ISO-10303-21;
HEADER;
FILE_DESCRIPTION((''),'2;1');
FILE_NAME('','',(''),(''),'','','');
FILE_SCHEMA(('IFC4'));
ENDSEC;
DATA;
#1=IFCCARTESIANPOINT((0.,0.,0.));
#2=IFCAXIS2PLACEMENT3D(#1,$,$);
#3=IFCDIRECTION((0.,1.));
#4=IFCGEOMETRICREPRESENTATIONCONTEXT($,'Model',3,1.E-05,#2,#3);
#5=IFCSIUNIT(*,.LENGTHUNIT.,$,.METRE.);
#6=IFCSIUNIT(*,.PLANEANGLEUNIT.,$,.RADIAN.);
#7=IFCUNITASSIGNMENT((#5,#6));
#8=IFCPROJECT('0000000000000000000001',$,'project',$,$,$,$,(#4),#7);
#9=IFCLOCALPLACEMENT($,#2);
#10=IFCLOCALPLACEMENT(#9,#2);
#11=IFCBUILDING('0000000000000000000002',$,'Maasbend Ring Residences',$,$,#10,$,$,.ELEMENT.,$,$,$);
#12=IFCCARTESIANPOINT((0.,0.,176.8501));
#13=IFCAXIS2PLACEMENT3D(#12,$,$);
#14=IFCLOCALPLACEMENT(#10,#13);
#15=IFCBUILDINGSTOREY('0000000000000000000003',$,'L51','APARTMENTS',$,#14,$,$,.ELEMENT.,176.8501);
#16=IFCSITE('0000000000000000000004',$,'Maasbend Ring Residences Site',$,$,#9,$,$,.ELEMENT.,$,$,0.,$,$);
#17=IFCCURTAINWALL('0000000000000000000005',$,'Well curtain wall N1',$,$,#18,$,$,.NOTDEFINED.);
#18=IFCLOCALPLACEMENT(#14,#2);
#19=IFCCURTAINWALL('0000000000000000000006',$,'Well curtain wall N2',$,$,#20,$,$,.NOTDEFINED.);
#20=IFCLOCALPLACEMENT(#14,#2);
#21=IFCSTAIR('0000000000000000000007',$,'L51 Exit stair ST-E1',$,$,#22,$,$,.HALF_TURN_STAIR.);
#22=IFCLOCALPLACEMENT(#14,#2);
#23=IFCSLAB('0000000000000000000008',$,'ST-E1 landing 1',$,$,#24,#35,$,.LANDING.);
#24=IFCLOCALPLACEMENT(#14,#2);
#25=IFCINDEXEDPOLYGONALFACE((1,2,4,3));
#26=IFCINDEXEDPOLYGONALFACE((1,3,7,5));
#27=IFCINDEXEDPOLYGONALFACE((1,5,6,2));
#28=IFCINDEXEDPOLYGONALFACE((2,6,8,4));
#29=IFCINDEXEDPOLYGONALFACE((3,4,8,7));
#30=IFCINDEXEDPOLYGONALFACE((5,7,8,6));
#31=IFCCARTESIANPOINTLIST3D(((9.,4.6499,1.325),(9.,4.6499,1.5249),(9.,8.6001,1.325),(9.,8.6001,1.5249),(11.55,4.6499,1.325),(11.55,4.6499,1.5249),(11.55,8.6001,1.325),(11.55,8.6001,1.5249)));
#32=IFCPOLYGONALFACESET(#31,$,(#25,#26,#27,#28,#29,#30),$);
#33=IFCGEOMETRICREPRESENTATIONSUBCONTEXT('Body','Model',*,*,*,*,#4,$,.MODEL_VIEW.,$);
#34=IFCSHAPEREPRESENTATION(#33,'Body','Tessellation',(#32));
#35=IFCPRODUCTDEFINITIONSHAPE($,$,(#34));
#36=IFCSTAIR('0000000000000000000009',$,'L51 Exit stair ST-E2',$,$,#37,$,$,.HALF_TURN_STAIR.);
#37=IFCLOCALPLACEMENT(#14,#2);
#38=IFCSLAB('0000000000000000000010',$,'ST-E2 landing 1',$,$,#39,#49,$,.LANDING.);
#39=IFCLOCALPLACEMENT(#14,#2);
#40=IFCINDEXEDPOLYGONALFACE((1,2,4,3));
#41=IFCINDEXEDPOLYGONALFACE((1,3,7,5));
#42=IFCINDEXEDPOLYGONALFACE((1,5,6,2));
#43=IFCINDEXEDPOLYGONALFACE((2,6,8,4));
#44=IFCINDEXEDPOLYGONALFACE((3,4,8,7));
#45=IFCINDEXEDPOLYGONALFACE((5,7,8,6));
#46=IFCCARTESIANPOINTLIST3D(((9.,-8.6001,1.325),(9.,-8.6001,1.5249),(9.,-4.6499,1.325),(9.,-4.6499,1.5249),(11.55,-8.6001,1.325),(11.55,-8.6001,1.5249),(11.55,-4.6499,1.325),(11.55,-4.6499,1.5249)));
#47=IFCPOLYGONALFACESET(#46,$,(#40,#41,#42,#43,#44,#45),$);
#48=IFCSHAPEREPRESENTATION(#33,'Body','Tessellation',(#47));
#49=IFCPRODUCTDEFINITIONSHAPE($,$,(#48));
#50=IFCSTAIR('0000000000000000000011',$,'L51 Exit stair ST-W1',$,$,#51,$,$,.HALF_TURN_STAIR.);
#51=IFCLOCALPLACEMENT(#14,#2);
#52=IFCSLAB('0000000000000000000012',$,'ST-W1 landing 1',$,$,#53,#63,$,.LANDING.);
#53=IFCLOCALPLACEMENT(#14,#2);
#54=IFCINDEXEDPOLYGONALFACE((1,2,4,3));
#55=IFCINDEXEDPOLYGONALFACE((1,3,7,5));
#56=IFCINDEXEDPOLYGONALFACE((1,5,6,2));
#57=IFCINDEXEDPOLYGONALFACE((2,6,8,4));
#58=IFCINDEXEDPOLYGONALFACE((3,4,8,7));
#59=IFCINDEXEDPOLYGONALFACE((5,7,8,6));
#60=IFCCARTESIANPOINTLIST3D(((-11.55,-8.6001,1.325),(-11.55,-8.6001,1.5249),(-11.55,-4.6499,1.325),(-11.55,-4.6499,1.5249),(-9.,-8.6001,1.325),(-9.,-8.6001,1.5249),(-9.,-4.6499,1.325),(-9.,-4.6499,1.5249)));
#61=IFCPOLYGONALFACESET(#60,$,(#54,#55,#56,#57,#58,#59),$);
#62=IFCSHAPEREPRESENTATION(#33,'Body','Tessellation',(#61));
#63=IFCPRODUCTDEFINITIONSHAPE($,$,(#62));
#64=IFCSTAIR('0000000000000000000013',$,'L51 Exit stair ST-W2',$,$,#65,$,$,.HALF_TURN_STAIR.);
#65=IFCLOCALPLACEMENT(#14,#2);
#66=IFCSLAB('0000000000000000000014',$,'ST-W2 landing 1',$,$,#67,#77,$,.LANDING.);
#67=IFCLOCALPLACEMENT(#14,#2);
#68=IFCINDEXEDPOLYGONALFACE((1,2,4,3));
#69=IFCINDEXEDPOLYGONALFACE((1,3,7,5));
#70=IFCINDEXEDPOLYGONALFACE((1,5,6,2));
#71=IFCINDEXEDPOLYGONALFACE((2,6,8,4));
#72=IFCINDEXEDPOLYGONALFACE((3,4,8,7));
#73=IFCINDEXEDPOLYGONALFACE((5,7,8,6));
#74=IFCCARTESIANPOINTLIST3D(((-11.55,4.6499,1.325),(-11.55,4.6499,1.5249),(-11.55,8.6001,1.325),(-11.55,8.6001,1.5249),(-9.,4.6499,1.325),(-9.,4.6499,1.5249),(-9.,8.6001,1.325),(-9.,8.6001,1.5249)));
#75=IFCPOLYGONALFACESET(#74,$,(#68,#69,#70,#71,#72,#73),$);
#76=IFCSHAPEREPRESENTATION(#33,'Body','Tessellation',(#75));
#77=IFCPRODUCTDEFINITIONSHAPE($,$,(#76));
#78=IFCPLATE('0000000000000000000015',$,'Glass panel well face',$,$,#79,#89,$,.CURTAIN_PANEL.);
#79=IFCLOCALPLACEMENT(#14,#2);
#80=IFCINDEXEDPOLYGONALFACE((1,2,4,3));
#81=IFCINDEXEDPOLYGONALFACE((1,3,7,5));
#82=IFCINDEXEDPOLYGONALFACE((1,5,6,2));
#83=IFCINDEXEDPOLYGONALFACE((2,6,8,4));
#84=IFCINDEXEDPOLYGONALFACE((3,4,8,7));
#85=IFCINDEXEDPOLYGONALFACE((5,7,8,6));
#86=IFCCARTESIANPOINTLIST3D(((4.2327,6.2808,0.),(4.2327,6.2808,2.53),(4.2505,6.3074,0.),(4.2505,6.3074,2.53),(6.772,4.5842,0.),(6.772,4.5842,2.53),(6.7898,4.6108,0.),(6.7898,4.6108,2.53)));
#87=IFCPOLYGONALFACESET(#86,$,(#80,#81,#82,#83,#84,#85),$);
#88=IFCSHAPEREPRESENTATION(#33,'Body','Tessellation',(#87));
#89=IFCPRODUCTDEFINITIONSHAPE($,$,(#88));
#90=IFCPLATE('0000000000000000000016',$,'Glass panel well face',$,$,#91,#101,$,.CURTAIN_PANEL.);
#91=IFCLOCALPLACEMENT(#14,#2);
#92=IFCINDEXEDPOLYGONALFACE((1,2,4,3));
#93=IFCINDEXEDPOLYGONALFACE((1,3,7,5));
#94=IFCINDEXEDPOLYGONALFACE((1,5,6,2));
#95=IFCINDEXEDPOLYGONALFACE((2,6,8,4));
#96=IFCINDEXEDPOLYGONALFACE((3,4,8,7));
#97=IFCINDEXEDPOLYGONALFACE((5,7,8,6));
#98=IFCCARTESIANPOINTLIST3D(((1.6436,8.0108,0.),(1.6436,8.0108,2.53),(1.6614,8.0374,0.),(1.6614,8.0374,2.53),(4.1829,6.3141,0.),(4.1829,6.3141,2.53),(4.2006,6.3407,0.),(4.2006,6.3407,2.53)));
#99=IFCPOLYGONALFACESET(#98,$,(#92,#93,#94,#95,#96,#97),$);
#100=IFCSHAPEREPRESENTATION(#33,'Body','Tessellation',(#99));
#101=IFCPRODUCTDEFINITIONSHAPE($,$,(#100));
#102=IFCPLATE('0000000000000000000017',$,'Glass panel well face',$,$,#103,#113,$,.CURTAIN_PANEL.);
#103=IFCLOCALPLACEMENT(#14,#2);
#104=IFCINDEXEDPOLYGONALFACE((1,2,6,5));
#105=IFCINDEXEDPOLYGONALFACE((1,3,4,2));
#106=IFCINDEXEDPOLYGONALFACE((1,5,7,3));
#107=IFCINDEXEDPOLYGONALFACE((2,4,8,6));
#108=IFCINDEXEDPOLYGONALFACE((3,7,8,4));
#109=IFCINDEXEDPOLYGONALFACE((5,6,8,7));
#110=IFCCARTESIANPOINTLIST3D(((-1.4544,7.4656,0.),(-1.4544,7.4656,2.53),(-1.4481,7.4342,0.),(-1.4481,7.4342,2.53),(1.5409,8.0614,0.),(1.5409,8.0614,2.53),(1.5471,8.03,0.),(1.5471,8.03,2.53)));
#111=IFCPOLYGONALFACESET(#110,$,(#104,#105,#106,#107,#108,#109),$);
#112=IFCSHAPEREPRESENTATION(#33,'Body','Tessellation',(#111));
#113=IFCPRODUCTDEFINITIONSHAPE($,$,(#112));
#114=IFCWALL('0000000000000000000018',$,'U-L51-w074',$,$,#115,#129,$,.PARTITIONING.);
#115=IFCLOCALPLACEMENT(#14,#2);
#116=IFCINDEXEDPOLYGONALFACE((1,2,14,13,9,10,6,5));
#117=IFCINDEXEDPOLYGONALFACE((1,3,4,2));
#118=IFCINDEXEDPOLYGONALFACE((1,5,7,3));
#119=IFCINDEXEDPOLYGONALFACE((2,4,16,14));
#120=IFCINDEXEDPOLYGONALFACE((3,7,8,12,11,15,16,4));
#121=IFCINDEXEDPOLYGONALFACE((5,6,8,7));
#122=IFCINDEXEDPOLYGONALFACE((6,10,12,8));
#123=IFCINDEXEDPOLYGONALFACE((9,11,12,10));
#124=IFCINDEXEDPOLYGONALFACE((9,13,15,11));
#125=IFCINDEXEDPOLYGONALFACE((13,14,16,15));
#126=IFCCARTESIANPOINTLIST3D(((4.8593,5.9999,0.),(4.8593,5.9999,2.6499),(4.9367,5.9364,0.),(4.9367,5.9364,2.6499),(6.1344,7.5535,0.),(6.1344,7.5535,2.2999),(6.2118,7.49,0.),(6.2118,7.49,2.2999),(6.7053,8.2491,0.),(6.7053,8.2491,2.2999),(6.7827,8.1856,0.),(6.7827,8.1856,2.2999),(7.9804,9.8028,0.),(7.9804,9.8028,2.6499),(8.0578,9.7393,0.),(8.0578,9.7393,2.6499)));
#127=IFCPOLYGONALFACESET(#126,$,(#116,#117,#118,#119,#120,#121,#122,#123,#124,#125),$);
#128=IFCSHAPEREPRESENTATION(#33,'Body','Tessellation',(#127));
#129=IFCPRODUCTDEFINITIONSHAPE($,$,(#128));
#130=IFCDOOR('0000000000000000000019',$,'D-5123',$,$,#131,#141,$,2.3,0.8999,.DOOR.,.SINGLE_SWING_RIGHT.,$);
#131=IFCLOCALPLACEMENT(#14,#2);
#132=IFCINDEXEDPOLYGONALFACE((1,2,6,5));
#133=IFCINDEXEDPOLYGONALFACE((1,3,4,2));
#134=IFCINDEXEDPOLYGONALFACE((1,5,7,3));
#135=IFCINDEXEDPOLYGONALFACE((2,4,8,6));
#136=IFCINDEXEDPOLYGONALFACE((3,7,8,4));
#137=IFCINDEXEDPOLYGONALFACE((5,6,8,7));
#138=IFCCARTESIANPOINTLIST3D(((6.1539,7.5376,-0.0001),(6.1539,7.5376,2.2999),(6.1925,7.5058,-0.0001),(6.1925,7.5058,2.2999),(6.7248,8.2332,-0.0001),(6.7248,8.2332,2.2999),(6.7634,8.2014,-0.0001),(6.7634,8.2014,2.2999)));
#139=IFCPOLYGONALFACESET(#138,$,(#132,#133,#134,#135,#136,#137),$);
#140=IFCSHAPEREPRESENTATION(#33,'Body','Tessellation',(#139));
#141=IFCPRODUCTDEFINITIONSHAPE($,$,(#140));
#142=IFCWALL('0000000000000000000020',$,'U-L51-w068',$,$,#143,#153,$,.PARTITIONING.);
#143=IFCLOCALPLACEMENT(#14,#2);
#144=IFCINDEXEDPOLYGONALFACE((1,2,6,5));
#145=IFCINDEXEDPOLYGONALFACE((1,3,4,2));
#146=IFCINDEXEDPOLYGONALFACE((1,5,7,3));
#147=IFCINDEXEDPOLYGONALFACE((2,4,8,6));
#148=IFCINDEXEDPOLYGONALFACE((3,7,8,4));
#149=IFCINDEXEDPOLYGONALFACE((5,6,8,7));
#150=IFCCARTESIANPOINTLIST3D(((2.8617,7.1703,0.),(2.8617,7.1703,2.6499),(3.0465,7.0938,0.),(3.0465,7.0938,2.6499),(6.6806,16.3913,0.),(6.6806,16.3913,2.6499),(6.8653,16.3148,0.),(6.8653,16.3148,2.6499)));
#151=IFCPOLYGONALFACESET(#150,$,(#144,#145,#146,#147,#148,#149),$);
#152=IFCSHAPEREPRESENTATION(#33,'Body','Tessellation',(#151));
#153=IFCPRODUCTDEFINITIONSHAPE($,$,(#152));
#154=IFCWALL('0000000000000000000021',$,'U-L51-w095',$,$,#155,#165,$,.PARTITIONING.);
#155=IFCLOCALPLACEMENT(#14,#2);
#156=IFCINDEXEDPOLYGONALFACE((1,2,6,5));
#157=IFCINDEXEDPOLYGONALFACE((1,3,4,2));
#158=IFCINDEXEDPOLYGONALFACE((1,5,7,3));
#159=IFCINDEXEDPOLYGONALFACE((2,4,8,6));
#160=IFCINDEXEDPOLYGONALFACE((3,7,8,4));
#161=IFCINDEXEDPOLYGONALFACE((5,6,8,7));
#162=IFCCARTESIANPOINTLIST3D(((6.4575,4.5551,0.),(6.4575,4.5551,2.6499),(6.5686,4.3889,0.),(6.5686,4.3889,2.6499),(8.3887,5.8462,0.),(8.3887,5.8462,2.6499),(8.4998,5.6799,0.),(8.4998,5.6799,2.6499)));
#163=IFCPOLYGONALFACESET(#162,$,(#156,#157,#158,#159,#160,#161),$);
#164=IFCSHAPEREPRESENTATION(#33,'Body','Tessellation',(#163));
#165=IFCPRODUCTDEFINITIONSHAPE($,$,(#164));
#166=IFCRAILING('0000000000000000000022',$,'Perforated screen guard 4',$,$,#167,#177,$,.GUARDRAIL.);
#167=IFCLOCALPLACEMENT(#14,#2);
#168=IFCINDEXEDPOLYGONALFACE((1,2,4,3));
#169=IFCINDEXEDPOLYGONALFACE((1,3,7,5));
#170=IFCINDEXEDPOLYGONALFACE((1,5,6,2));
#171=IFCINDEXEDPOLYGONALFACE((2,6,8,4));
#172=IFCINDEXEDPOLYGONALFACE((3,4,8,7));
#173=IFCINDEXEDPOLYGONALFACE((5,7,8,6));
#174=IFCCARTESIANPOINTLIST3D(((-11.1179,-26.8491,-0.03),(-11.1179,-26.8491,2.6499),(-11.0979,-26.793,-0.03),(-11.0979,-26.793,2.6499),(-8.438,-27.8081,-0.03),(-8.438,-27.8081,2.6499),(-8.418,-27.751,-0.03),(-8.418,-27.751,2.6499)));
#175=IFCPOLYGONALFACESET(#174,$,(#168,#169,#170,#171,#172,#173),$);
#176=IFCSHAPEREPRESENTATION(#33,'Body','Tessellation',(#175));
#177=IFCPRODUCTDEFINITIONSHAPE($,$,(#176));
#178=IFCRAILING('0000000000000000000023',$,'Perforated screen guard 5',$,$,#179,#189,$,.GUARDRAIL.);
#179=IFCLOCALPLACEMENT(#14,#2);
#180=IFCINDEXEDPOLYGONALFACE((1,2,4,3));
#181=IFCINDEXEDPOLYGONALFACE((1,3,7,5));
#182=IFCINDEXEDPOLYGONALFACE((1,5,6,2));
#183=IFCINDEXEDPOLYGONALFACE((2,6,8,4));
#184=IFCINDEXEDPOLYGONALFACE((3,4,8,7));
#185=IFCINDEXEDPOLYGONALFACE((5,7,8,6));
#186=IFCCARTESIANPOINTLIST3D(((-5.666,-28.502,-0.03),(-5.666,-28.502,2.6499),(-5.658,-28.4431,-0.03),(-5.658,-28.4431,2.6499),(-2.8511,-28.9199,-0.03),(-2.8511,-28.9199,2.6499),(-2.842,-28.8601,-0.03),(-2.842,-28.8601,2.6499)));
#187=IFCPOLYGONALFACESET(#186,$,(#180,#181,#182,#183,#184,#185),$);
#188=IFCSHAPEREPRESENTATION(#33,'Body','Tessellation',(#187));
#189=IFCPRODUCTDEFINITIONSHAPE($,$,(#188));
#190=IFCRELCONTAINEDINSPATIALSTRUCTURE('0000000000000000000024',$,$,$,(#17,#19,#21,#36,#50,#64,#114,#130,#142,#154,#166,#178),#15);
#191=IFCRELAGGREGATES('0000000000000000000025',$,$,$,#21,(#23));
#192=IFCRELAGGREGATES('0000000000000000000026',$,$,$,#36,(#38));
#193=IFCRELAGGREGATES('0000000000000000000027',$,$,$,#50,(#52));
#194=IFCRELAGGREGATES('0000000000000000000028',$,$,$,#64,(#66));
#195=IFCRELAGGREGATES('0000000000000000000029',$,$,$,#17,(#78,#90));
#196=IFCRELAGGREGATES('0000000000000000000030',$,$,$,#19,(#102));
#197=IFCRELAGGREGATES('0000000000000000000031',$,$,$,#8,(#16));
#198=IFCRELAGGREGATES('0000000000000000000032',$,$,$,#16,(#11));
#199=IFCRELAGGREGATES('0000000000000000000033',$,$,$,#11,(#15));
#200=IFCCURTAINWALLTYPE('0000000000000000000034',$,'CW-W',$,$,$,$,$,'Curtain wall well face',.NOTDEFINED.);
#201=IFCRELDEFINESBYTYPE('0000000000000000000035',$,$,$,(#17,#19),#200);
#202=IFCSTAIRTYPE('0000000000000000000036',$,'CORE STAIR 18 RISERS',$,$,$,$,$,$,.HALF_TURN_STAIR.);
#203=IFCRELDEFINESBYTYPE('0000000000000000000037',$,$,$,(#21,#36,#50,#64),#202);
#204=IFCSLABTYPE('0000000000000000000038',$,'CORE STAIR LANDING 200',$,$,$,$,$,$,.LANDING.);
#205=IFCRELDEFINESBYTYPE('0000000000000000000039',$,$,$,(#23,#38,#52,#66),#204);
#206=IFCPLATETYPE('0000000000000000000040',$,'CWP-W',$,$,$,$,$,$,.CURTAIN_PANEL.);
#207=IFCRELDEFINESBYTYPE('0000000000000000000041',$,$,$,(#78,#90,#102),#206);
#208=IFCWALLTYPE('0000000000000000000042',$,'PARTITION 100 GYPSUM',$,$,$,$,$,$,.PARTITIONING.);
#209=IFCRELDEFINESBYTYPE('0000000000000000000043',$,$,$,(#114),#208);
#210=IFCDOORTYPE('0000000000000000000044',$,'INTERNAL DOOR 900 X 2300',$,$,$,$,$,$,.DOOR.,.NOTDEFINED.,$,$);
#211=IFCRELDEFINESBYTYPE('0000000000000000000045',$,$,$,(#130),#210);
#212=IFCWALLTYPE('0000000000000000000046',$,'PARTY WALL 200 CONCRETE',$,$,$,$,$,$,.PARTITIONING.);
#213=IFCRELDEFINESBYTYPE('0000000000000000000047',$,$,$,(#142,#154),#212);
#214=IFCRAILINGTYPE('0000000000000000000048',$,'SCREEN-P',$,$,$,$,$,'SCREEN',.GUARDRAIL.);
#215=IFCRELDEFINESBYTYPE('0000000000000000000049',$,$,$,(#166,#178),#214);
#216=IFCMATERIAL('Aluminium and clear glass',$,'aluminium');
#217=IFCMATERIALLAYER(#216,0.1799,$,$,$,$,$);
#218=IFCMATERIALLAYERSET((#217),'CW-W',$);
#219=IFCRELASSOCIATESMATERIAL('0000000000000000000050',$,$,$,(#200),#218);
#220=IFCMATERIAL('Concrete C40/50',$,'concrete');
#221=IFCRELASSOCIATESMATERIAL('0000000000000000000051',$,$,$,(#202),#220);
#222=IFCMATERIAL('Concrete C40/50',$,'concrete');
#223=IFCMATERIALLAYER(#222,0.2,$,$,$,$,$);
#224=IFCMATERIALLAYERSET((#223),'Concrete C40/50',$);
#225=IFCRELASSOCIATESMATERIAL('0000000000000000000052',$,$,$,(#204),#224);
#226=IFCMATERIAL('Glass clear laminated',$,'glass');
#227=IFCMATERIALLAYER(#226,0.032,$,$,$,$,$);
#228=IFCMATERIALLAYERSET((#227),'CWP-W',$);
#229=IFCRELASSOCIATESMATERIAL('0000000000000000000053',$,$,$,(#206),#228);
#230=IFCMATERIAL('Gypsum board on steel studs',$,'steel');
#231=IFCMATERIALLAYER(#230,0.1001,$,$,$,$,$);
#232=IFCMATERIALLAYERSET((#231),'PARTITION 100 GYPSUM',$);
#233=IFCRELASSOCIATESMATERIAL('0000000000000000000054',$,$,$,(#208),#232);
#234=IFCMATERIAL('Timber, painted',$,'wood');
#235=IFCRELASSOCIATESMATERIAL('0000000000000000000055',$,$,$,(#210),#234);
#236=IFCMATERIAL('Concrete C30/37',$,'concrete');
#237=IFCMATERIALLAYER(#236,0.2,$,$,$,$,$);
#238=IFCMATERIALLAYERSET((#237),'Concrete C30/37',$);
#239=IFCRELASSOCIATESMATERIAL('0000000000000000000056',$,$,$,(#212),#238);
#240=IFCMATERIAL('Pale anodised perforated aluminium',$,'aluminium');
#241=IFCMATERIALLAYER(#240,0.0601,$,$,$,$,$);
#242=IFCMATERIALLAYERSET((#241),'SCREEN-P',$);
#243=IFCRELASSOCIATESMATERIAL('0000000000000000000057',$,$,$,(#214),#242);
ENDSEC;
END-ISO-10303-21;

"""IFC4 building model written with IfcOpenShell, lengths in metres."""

from ifc_helpers import new_model, si_unit, direction, frame, frame_2d, origin, origin_2d, place, context, subcontext, project, spatial, polyline, rectangle, outline, extrude, material, layer, layer_set, type_object, element, fill, aggregate, save


model = new_model("IFC4")

# Units and contexts
model_context = context("Model", 3, precision=1e-05, world=origin(), true_north=direction((0.0, 1.0)))
body_context = subcontext(model_context, "Body", "Model", "MODEL_VIEW")
ifc_project = project(units=[si_unit("LENGTHUNIT", "METRE"), si_unit("PLANEANGLEUNIT", "RADIAN")], contexts=[model_context])

# Site, building, storey
site_placement = place(None, origin())
site = spatial("IfcSite", under=ifc_project, at=site_placement, Name="Maasbend Ring Residences Site", CompositionType="ELEMENT", RefElevation=0.0)
building_placement = place(site_placement, origin())
building = spatial("IfcBuilding", under=site, at=building_placement, Name="Maasbend Ring Residences", CompositionType="ELEMENT")
storey_placement = place(building_placement, frame((0.0, 0.0, 176.8501)))
storey = spatial("IfcBuildingStorey", under=building, at=storey_placement, Name="L51", Description="APARTMENTS", CompositionType="ELEMENT", Elevation=176.8501)

# Curtain wall
ifc_material_1 = material(Name="Aluminium and clear glass", Category="aluminium")
ifc_layer_1 = layer(ifc_material_1, 0.1799)
ifc_layer_set_1 = layer_set([ifc_layer_1], Name="CW-W")
curtain_wall_type = type_object("IfcCurtainWallType", Name="CW-W", ElementType="Curtain wall well face", PredefinedType="NOTDEFINED", material=ifc_layer_set_1)
curtain_wall_1_placement = place(storey_placement, origin())
curtain_wall_1 = element("IfcCurtainWall", 1, at=curtain_wall_1_placement, inside=storey, type_object=curtain_wall_type, Name="Well curtain wall N1", PredefinedType="NOTDEFINED")

# Curtain wall
curtain_wall_2_placement = place(storey_placement, origin())
curtain_wall_2 = element("IfcCurtainWall", 2, at=curtain_wall_2_placement, inside=storey, type_object=curtain_wall_type, Name="Well curtain wall N2", PredefinedType="NOTDEFINED")

# Stairs, slabs
ifc_material_2 = material(Name="Concrete C40/50", Category="concrete")
stair_type = type_object("IfcStairType", Name="CORE STAIR 18 RISERS", PredefinedType="HALF_TURN_STAIR", material=ifc_material_2)
stair_1_placement = place(storey_placement, origin())
stair_1 = element("IfcStair", 3, at=stair_1_placement, inside=storey, type_object=stair_type, Name="L51 Exit stair ST-E1", PredefinedType="HALF_TURN_STAIR")
ifc_material_3 = material(Name="Concrete C40/50", Category="concrete")
ifc_layer_2 = layer(ifc_material_3, 0.2)
ifc_layer_set_2 = layer_set([ifc_layer_2], Name="Concrete C40/50")
slab_type = type_object("IfcSlabType", Name="CORE STAIR LANDING 200", PredefinedType="LANDING", material=ifc_layer_set_2)
slab_1_placement = place(storey_placement, frame((0.0, 0.0, 1.325)))
slab_1 = element("IfcSlab", 4, at=slab_1_placement, type_object=slab_type, Name="ST-E1 landing 1", PredefinedType="LANDING", context=body_context, shape_type="SweptSolid", body=[
    extrude(outline(polyline([(11.55, 8.6001), (9.0, 8.6001), (9.0, 4.6499), (11.55, 4.6499), (11.55, 8.6001)])), origin(), (0.0, 0.0, 1.0), 0.2),
])
aggregate(stair_1, [slab_1])
stair_2_placement = place(storey_placement, origin())
stair_2 = element("IfcStair", 5, at=stair_2_placement, inside=storey, type_object=stair_type, Name="L51 Exit stair ST-E2", PredefinedType="HALF_TURN_STAIR")
slab_2_placement = place(storey_placement, frame((0.0, 0.0, 1.325)))
slab_2 = element("IfcSlab", 6, at=slab_2_placement, type_object=slab_type, Name="ST-E2 landing 1", PredefinedType="LANDING", context=body_context, shape_type="SweptSolid", body=[
    extrude(outline(polyline([(11.55, -4.6499), (9.0, -4.6499), (9.0, -8.6001), (11.55, -8.6001), (11.55, -4.6499)])), origin(), (0.0, 0.0, 1.0), 0.2),
])
aggregate(stair_2, [slab_2])
stair_3_placement = place(storey_placement, origin())
stair_3 = element("IfcStair", 7, at=stair_3_placement, inside=storey, type_object=stair_type, Name="L51 Exit stair ST-W1", PredefinedType="HALF_TURN_STAIR")
slab_3_placement = place(storey_placement, frame((0.0, 0.0, 1.325)))
slab_3 = element("IfcSlab", 8, at=slab_3_placement, type_object=slab_type, Name="ST-W1 landing 1", PredefinedType="LANDING", context=body_context, shape_type="SweptSolid", body=[
    extrude(outline(polyline([(-11.55, -8.6001), (-9.0, -8.6001), (-9.0, -4.6499), (-11.55, -4.6499), (-11.55, -8.6001)])), origin(), (0.0, 0.0, 1.0), 0.2),
])
aggregate(stair_3, [slab_3])
stair_4_placement = place(storey_placement, origin())
stair_4 = element("IfcStair", 9, at=stair_4_placement, inside=storey, type_object=stair_type, Name="L51 Exit stair ST-W2", PredefinedType="HALF_TURN_STAIR")
slab_4_placement = place(storey_placement, frame((0.0, 0.0, 1.325)))
slab_4 = element("IfcSlab", 10, at=slab_4_placement, type_object=slab_type, Name="ST-W2 landing 1", PredefinedType="LANDING", context=body_context, shape_type="SweptSolid", body=[
    extrude(outline(polyline([(-11.55, 4.6499), (-9.0, 4.6499), (-9.0, 8.6001), (-11.55, 8.6001), (-11.55, 4.6499)])), origin(), (0.0, 0.0, 1.0), 0.2),
])
aggregate(stair_4, [slab_4])

# Plates
ifc_material_4 = material(Name="Glass clear laminated", Category="glass")
ifc_layer_3 = layer(ifc_material_4, 0.032)
ifc_layer_set_3 = layer_set([ifc_layer_3], Name="CWP-W")
plate_type = type_object("IfcPlateType", Name="CWP-W", PredefinedType="CURTAIN_PANEL", material=ifc_layer_set_3)
plate_1_placement = place(storey_placement, frame((5.5112, 5.4458, 0.0), z_axis=(0.0, 0.0, 1.0), x_axis=(-0.83147, 0.55557, 0.0)))
plate_1 = element("IfcPlate", 11, at=plate_1_placement, type_object=plate_type, Name="Glass panel well face", PredefinedType="CURTAIN_PANEL", context=body_context, shape_type="SweptSolid", body=[
    extrude(rectangle(XDim=3.054, YDim=0.032, at=origin_2d()), origin(), (0.0, 0.0, 1.0), 2.53),
])
plate_2_placement = place(storey_placement, frame((2.9221, 7.1758, 0.0), z_axis=(0.0, 0.0, 1.0), x_axis=(-0.83147, 0.55557, 0.0)))
plate_2 = element("IfcPlate", 12, at=plate_2_placement, type_object=plate_type, Name="Glass panel well face", PredefinedType="CURTAIN_PANEL", context=body_context, shape_type="SweptSolid", body=[
    extrude(rectangle(XDim=3.054, YDim=0.032, at=origin_2d()), origin(), (0.0, 0.0, 1.0), 2.53),
])
aggregate(curtain_wall_1, [plate_1, plate_2])
plate_3_placement = place(storey_placement, frame((0.0464, 7.7478, 0.0), z_axis=(0.0, 0.0, 1.0), x_axis=(-0.980785, -0.19509, 0.0)))
plate_3 = element("IfcPlate", 13, at=plate_3_placement, type_object=plate_type, Name="Glass panel well face", PredefinedType="CURTAIN_PANEL", context=body_context, shape_type="SweptSolid", body=[
    extrude(rectangle(XDim=3.054, YDim=0.032, at=origin_2d()), origin(), (0.0, 0.0, 1.0), 2.53),
])
aggregate(curtain_wall_2, [plate_3])

# Wall, opening, door
ifc_material_5 = material(Name="Gypsum board on steel studs", Category="steel")
ifc_layer_4 = layer(ifc_material_5, 0.1001)
ifc_layer_set_4 = layer_set([ifc_layer_4], Name="PARTITION 100 GYPSUM")
wall_type_1 = type_object("IfcWallType", Name="PARTITION 100 GYPSUM", PredefinedType="PARTITIONING", material=ifc_layer_set_4)
wall_1_placement = place(storey_placement, frame((4.8979, 5.968, 0.0), z_axis=(0.0, 0.0, 1.0), x_axis=(0.634402, 0.773003, 0.0)))
wall_1 = element("IfcWall", 14, at=wall_1_placement, inside=storey, type_object=wall_type_1, Name="U-L51-w074", PredefinedType="PARTITIONING", context=body_context, shape_type="SweptSolid", body=[
    extrude(rectangle(XDim=4.9197, YDim=0.1001, at=frame_2d((2.46, 0.0))), origin(), (0.0, 0.0, 1.0), 2.6499),
])
opening_placement = place(wall_1_placement, frame((2.01, 0.0, 0.0)))
opening = element("IfcOpeningElement", 15, at=opening_placement, cuts=wall_1, PredefinedType="OPENING", context=body_context, shape_type="SweptSolid", body=[
    extrude(rectangle(XDim=0.8999, YDim=2.3, at=frame_2d((0.45, 1.1499))), frame((0.0, 0.0601, 0.0), z_axis=(0.0, -1.0, 0.0), x_axis=(1.0, 0.0, 0.0)), (0.0, 0.0, 1.0), 0.1201),
])
ifc_material_6 = material(Name="Timber, painted", Category="wood")
door_type = type_object("IfcDoorType", Name="INTERNAL DOOR 900 X 2300", OperationType="NOTDEFINED", PredefinedType="DOOR", material=ifc_material_6)
door_placement = place(opening_placement, origin())
door = element("IfcDoor", 16, at=door_placement, inside=storey, type_object=door_type, Name="D-5123", OperationType="SINGLE_SWING_RIGHT", OverallHeight=2.3, OverallWidth=0.8999, PredefinedType="DOOR", context=body_context, shape_type="SweptSolid", body=[
    extrude(rectangle(XDim=0.8999, YDim=2.3, at=frame_2d((0.45, 1.1499))), frame((0.0, 0.0249, 0.0), z_axis=(0.0, -1.0, 0.0), x_axis=(1.0, 0.0, 0.0)), (0.0, 0.0, 1.0), 0.05),
])
fill(opening, door)

# Walls
ifc_material_7 = material(Name="Concrete C30/37", Category="concrete")
ifc_layer_5 = layer(ifc_material_7, 0.2)
ifc_layer_set_5 = layer_set([ifc_layer_5], Name="Concrete C30/37")
wall_type_2 = type_object("IfcWallType", Name="PARTY WALL 200 CONCRETE", PredefinedType="PARTITIONING", material=ifc_layer_set_5)
wall_2_placement = place(storey_placement, frame((2.9541, 7.1321, 0.0), z_axis=(0.0, 0.0, 1.0), x_axis=(0.382633, 0.923901, 0.0)))
element("IfcWall", 17, at=wall_2_placement, inside=storey, type_object=wall_type_2, Name="U-L51-w068", PredefinedType="PARTITIONING", context=body_context, shape_type="SweptSolid", body=[
    extrude(rectangle(XDim=9.9805, YDim=0.2, at=frame_2d((4.9902, 0.0))), origin(), (0.0, 0.0, 1.0), 2.6499),
])
wall_3_placement = place(storey_placement, frame((6.5129, 4.4719, 0.0), z_axis=(0.0, 0.0, 1.0), x_axis=(0.831338, 0.555767, 0.0)))
element("IfcWall", 18, at=wall_3_placement, inside=storey, type_object=wall_type_2, Name="U-L51-w095", PredefinedType="PARTITIONING", context=body_context, shape_type="SweptSolid", body=[
    extrude(rectangle(XDim=2.323, YDim=0.2, at=frame_2d((1.1616, 0.0))), origin(), (0.0, 0.0, 1.0), 2.6499),
])

# Railings
ifc_material_8 = material(Name="Pale anodised perforated aluminium", Category="aluminium")
ifc_layer_6 = layer(ifc_material_8, 0.0601)
ifc_layer_set_6 = layer_set([ifc_layer_6], Name="SCREEN-P")
railing_type = type_object("IfcRailingType", Name="SCREEN-P", ElementType="SCREEN", PredefinedType="GUARDRAIL", material=ifc_layer_set_6)
railing_1_placement = place(storey_placement, frame((0.0, 0.0, -0.03)))
element("IfcRailing", 19, at=railing_1_placement, inside=storey, type_object=railing_type, Name="Perforated screen guard 4", PredefinedType="GUARDRAIL", context=body_context, shape_type="SweptSolid", body=[
    extrude(outline(polyline([(-11.0979, -26.793), (-8.418, -27.751), (-8.438, -27.8081), (-11.1179, -26.8491), (-11.0979, -26.793)])), origin(), (0.0, 0.0, 1.0), 2.6799),
])
railing_2_placement = place(storey_placement, frame((0.0, 0.0, -0.03)))
element("IfcRailing", 20, at=railing_2_placement, inside=storey, type_object=railing_type, Name="Perforated screen guard 5", PredefinedType="GUARDRAIL", context=body_context, shape_type="SweptSolid", body=[
    extrude(outline(polyline([(-5.658, -28.4431), (-2.842, -28.8601), (-2.8511, -28.9199), (-5.666, -28.502), (-5.658, -28.4431)])), origin(), (0.0, 0.0, 1.0), 2.6799),
])

save(model, "model.ifc")
